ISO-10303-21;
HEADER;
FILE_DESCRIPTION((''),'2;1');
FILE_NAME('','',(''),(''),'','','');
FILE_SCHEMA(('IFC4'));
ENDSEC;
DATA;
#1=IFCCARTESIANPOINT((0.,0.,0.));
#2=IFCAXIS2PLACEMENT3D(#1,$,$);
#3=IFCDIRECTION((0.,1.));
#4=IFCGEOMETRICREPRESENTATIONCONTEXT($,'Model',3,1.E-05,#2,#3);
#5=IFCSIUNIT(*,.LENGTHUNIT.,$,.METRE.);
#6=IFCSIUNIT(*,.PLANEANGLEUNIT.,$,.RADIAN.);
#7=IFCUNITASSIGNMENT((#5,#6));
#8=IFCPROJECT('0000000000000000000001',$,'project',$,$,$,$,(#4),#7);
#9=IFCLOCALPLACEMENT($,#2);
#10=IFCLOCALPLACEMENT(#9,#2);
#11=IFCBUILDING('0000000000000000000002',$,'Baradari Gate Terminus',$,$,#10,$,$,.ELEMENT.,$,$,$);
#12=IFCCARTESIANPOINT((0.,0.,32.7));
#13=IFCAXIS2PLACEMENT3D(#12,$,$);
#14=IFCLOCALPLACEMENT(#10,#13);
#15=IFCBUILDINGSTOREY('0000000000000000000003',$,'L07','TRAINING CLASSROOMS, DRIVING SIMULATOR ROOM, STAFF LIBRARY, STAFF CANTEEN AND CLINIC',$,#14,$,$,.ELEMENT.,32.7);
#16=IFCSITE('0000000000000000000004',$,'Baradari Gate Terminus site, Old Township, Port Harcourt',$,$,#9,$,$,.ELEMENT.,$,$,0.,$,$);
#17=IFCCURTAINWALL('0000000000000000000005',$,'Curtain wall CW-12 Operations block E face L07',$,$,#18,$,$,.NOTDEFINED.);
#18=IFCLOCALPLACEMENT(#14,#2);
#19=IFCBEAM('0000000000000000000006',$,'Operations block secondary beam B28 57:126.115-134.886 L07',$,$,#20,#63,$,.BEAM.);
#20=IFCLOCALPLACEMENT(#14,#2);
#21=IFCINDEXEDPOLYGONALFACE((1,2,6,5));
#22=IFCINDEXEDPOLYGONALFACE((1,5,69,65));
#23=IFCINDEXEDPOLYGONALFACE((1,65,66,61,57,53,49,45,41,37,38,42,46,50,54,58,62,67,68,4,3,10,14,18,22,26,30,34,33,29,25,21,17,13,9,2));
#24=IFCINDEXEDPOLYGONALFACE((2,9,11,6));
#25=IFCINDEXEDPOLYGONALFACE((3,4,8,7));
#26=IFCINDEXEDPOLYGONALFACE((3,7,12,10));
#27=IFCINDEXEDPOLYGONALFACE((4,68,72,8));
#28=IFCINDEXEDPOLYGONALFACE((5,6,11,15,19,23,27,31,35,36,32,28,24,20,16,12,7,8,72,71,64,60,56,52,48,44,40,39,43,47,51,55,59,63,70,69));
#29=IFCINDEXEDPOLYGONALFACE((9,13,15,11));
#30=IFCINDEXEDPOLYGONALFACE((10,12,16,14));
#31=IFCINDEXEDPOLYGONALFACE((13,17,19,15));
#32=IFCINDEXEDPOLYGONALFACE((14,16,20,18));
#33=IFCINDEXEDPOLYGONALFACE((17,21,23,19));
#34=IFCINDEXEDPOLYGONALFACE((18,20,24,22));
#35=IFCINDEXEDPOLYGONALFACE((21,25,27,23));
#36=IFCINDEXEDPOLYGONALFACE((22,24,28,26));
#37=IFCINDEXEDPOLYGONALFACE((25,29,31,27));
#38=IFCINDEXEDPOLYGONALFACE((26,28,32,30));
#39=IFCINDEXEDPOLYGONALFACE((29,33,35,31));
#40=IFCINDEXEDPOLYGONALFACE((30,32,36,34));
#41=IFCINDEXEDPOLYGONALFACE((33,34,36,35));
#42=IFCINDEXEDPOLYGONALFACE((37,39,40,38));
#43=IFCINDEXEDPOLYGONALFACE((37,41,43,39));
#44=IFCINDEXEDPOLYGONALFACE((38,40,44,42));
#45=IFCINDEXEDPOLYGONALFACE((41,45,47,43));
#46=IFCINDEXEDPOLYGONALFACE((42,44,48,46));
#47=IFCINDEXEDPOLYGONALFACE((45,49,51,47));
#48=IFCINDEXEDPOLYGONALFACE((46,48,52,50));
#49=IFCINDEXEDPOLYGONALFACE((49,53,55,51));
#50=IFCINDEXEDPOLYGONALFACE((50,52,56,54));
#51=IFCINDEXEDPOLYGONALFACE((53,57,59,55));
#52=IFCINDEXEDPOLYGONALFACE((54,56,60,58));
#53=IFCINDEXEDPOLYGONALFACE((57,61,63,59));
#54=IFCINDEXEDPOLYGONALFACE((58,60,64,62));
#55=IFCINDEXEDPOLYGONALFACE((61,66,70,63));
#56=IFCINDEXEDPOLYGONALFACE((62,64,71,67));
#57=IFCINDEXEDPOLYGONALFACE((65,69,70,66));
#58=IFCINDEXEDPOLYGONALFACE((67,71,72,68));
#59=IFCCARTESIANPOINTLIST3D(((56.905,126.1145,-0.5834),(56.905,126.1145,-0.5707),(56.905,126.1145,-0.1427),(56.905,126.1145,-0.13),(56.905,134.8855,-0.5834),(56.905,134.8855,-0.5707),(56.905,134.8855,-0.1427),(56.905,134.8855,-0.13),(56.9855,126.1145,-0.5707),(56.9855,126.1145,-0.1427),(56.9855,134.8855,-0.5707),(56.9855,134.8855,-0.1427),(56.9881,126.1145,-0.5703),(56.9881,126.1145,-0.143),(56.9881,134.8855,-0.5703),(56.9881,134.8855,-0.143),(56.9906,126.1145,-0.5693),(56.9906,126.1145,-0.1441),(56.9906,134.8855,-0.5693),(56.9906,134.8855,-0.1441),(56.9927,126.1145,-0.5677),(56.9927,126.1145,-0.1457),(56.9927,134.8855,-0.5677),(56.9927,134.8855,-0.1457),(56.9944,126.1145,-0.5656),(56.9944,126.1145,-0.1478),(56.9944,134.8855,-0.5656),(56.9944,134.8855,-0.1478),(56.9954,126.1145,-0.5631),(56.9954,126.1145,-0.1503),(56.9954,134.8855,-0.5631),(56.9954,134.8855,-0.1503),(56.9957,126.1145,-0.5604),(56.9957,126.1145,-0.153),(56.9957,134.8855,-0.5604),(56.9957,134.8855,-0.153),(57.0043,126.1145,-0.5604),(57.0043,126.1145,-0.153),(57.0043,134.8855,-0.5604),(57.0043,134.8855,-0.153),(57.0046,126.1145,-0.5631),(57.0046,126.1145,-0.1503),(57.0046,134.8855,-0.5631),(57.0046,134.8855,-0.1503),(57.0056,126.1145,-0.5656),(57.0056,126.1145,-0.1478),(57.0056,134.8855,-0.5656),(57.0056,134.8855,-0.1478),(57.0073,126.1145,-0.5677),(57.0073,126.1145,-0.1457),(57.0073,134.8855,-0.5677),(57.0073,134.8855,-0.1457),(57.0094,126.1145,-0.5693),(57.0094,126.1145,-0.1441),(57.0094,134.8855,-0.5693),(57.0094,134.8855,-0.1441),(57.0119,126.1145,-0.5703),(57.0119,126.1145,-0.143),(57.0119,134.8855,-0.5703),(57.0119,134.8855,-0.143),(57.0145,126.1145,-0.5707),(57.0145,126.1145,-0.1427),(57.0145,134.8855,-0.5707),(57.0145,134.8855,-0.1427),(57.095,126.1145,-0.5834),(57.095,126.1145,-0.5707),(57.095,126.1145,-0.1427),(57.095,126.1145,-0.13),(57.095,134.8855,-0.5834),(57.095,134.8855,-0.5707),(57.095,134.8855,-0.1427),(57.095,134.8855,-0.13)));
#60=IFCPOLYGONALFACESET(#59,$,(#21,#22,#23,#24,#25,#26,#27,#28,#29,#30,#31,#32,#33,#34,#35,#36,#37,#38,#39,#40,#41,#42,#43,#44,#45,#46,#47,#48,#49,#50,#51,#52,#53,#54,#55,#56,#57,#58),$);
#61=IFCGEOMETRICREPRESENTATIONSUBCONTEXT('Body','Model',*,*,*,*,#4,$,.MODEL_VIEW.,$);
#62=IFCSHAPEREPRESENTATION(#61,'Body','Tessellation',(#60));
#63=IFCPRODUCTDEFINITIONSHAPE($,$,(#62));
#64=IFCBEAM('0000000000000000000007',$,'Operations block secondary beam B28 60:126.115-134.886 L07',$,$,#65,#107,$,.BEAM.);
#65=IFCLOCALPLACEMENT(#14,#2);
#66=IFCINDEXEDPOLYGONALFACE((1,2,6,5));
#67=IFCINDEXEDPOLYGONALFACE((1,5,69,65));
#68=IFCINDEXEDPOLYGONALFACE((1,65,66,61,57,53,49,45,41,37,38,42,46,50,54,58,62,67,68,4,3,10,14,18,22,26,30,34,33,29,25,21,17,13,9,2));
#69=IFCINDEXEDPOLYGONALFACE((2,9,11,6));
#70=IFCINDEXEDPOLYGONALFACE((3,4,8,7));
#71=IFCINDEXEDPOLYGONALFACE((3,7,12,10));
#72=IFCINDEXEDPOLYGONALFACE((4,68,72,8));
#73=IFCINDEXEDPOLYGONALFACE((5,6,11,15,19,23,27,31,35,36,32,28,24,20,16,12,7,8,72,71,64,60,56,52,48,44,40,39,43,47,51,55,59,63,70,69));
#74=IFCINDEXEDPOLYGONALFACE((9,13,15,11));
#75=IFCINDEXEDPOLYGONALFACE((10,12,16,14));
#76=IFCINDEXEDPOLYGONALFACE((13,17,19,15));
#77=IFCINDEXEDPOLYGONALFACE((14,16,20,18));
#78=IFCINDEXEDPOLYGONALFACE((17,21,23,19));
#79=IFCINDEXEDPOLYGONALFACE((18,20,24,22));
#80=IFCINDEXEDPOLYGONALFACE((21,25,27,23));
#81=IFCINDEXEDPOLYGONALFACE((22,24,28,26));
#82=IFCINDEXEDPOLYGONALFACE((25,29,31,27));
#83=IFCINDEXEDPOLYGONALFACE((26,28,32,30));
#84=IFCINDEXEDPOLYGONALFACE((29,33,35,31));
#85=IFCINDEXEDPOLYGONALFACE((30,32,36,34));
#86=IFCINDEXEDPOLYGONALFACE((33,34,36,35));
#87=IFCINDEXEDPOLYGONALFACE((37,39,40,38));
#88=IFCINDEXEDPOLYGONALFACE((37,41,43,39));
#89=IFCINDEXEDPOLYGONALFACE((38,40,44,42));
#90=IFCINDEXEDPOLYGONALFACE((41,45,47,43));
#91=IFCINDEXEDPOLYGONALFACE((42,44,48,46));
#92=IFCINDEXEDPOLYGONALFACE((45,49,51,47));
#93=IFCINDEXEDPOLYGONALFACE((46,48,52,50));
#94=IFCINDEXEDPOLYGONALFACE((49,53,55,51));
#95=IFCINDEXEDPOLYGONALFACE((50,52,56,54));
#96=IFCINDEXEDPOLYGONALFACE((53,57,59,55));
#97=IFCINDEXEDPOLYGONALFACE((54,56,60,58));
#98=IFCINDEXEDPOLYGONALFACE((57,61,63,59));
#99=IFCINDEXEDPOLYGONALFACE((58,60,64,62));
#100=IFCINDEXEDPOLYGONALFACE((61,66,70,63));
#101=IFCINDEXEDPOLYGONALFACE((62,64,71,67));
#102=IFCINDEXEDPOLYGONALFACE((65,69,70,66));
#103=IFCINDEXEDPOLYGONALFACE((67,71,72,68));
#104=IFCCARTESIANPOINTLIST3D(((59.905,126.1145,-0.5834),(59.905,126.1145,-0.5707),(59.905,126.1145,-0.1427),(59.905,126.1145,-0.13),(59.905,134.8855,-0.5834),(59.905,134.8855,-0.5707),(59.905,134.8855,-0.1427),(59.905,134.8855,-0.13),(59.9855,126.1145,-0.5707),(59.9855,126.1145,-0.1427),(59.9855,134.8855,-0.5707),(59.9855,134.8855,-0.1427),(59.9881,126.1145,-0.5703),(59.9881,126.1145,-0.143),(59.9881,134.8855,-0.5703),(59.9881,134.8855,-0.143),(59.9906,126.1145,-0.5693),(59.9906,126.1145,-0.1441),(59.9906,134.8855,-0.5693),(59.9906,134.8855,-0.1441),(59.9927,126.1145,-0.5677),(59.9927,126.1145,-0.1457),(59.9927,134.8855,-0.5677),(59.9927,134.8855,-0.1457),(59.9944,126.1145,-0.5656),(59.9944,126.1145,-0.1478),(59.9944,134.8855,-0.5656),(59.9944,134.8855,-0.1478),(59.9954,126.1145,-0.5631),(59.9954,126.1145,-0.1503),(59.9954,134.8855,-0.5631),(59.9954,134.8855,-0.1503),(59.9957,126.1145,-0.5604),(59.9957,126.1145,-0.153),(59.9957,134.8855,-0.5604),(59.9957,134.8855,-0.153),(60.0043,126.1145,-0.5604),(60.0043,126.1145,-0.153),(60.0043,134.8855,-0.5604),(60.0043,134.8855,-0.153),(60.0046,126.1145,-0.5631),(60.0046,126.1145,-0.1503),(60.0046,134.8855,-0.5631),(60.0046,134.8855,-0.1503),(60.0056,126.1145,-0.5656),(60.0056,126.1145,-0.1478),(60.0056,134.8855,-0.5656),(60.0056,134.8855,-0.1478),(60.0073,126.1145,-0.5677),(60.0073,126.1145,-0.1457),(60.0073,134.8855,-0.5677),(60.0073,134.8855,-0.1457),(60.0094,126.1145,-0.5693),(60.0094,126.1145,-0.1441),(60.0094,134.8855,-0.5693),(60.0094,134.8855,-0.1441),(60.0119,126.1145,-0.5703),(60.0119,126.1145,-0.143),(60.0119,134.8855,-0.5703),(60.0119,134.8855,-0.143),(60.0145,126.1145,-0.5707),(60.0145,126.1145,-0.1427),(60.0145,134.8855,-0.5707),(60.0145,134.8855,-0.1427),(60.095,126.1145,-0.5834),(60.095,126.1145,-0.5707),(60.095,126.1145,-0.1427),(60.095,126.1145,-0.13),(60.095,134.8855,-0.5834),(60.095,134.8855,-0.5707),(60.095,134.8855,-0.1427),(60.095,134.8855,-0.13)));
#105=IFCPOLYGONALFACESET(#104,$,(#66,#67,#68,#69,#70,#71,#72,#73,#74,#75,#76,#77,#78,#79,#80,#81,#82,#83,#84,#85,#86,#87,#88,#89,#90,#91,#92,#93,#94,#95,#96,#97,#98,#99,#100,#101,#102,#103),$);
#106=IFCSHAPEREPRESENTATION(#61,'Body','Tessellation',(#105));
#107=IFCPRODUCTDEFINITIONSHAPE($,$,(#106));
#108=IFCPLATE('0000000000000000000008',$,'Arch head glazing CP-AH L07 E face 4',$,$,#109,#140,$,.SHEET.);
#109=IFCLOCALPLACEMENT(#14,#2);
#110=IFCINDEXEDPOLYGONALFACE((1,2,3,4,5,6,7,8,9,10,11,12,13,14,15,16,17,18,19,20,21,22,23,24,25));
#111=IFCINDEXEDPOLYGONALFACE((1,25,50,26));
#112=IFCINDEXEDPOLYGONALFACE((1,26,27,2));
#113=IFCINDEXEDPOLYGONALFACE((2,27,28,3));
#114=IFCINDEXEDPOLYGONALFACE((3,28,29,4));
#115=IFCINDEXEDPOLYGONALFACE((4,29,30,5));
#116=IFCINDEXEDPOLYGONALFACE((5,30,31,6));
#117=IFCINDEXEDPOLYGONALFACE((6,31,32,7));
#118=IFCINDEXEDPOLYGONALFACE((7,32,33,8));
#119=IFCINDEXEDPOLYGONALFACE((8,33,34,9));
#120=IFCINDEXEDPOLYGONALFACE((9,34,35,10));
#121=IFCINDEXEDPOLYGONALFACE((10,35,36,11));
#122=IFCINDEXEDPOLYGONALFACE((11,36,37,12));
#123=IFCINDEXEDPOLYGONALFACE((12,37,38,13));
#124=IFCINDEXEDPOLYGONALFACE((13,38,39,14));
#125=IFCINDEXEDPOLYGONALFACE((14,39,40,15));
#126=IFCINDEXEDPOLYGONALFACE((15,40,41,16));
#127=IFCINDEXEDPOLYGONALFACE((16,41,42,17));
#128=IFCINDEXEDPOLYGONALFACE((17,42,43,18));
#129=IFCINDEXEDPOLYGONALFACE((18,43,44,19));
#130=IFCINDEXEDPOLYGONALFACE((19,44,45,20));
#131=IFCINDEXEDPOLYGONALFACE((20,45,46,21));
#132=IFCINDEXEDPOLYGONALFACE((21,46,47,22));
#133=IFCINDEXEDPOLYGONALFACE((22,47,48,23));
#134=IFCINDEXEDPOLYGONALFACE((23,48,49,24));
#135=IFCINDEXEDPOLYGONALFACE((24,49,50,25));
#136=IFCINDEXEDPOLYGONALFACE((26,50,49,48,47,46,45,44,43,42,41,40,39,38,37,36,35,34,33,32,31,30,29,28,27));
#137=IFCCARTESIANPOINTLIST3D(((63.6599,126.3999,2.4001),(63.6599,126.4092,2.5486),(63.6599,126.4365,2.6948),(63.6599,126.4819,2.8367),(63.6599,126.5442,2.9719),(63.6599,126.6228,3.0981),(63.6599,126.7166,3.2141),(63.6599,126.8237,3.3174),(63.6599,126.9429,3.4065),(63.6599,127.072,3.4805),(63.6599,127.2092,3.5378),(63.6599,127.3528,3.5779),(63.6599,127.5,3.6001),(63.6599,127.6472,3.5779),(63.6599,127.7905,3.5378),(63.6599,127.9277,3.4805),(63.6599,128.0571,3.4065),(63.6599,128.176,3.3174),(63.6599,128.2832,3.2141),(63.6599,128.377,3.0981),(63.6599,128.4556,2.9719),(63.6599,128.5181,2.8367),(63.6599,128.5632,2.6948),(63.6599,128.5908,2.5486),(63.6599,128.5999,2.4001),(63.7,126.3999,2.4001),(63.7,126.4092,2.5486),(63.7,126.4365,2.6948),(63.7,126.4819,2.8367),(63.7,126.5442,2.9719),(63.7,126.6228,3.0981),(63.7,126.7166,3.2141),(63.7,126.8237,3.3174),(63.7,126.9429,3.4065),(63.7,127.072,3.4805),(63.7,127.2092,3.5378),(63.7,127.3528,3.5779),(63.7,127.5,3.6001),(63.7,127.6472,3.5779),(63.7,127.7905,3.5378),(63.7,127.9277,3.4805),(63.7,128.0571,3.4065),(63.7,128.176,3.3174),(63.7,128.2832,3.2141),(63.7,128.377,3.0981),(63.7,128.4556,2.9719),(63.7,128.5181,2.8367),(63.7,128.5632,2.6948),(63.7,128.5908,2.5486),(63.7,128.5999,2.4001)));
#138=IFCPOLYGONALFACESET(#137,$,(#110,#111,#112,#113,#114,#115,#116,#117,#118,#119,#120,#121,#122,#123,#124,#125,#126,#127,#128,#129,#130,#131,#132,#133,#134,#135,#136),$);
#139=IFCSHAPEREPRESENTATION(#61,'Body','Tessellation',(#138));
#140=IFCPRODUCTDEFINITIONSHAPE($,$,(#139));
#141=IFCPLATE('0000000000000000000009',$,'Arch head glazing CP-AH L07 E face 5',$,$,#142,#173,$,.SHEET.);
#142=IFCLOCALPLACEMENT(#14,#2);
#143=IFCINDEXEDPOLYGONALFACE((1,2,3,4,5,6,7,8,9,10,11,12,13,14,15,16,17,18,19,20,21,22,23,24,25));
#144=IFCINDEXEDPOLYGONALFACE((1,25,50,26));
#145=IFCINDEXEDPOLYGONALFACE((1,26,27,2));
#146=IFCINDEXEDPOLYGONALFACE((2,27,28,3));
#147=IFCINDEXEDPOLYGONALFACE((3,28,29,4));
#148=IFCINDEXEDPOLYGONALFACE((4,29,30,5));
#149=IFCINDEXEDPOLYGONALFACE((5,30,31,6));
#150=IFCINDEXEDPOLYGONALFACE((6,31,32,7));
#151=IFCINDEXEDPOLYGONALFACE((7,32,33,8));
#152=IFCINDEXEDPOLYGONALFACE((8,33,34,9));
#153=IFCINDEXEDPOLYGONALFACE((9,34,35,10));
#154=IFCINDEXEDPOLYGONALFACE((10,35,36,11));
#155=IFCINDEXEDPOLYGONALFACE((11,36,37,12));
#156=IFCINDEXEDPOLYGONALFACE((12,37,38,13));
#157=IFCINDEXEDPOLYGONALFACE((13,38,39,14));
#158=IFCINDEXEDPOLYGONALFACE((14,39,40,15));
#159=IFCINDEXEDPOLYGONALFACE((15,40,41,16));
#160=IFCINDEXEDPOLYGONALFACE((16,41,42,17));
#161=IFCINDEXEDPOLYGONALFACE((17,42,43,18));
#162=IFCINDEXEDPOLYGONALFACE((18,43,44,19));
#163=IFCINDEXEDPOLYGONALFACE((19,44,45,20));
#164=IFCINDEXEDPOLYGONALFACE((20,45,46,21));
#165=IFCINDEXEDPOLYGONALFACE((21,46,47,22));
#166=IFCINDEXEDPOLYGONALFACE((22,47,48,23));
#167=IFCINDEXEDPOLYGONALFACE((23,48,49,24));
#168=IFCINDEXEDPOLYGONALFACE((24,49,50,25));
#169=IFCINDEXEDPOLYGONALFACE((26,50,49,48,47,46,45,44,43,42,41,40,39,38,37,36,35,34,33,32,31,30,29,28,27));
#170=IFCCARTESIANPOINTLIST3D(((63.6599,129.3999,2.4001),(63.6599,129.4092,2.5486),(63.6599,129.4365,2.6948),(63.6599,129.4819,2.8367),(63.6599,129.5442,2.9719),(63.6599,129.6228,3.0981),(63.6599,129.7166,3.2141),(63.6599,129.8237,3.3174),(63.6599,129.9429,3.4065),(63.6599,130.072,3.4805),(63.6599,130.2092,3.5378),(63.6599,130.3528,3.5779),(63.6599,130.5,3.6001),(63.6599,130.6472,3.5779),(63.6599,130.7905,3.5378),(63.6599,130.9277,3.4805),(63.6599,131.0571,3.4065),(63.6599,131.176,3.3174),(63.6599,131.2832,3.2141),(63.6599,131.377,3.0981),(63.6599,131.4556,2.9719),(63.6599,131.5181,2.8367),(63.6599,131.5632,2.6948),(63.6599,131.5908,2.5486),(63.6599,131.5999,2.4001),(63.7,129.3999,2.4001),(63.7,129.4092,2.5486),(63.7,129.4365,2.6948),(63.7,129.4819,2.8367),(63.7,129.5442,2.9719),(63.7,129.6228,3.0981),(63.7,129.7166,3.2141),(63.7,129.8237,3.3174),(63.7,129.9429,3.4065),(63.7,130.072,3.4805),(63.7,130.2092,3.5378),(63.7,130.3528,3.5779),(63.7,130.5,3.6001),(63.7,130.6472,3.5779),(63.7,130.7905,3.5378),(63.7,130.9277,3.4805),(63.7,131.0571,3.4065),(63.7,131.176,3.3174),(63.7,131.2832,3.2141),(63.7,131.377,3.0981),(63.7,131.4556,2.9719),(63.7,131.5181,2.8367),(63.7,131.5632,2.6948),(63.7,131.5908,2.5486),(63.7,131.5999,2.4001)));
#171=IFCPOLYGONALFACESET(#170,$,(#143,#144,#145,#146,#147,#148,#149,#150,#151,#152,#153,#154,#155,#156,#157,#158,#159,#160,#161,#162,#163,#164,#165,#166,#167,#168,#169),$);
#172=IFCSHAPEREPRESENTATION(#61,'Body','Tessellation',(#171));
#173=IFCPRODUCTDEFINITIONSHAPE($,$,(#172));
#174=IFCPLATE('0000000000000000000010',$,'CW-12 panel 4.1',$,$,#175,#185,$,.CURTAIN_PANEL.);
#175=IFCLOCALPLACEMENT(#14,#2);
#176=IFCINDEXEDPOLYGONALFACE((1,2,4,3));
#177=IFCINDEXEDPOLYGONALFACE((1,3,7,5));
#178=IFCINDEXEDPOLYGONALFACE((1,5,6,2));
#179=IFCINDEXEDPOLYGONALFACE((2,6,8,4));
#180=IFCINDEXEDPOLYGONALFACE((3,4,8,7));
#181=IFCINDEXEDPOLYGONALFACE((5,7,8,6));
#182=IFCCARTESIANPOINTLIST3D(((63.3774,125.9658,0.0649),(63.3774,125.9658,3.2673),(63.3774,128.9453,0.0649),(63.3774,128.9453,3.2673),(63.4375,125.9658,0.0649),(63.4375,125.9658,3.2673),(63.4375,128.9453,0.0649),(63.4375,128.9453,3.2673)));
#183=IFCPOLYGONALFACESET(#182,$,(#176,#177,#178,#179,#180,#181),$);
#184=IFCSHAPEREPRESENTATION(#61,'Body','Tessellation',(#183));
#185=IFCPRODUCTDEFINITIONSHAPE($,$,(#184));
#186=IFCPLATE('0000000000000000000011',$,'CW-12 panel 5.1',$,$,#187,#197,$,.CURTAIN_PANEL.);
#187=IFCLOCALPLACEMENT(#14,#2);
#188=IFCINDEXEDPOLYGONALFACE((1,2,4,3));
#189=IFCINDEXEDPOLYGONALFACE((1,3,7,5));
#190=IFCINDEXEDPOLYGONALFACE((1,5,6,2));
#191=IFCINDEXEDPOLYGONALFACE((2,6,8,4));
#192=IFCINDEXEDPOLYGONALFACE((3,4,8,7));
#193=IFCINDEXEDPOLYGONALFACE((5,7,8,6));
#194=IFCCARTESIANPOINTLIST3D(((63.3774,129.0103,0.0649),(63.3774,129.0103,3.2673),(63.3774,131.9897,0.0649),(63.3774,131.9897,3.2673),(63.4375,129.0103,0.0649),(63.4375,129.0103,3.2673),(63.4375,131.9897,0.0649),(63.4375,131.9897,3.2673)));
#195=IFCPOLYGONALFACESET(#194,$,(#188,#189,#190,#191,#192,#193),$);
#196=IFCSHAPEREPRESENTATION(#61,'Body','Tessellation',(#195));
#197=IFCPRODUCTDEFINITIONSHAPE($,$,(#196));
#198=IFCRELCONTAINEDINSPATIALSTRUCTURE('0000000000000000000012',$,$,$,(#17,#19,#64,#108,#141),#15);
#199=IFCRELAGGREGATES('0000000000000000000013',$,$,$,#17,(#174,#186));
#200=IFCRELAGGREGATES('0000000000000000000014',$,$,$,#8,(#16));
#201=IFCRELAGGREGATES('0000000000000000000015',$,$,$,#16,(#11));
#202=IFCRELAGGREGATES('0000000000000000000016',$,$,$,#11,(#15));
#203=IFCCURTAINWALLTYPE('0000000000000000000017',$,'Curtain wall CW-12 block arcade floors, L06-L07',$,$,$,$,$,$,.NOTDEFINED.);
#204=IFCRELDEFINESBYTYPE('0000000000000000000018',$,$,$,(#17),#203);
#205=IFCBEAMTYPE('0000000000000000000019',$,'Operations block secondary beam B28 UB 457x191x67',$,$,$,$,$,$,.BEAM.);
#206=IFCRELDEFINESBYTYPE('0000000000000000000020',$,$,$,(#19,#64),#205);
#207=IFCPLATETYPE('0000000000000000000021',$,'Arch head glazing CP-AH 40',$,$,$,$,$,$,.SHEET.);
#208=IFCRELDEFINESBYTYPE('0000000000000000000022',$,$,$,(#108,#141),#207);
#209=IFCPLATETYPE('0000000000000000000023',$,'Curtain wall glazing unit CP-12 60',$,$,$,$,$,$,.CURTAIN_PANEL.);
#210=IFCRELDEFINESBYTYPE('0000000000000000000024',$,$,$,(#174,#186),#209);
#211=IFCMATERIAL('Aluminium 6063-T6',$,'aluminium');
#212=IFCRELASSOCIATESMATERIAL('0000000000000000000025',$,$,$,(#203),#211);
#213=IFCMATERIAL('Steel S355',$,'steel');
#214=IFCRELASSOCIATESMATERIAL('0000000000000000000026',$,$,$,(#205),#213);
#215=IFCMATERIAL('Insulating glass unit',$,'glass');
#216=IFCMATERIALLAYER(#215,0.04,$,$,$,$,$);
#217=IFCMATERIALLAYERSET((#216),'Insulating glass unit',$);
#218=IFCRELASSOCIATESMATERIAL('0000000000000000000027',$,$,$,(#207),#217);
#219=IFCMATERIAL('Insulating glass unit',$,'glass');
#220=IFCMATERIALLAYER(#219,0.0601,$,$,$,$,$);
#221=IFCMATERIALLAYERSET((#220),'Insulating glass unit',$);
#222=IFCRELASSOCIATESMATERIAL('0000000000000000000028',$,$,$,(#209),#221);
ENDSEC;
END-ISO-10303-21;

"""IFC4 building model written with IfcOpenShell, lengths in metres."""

from ifc_helpers import new_model, si_unit, direction, frame, origin, origin_2d, place, context, subcontext, project, spatial, polyline, rectangle, i_section, outline, extrude, material, layer, layer_set, material_profile, profile_set, type_object, element, aggregate, save


model = new_model("IFC4")

# Units and contexts
model_context = context("Model", 3, precision=1e-05, world=origin(), true_north=direction((0.0, 1.0)))
body_context = subcontext(model_context, "Body", "Model", "MODEL_VIEW")
ifc_project = project(units=[si_unit("LENGTHUNIT", "METRE"), si_unit("PLANEANGLEUNIT", "RADIAN")], contexts=[model_context])

# Site, building, storey
site_placement = place(None, origin())
site = spatial("IfcSite", under=ifc_project, at=site_placement, Name="Baradari Gate Terminus site, Old Township, Port Harcourt", CompositionType="ELEMENT", RefElevation=0.0)
building_placement = place(site_placement, origin())
building = spatial("IfcBuilding", under=site, at=building_placement, Name="Baradari Gate Terminus", CompositionType="ELEMENT")
storey_placement = place(building_placement, frame((0.0, 0.0, 32.7)))
storey = spatial("IfcBuildingStorey", under=building, at=storey_placement, Name="L07", Description="TRAINING CLASSROOMS, DRIVING SIMULATOR ROOM, STAFF LIBRARY, STAFF CANTEEN AND CLINIC", CompositionType="ELEMENT", Elevation=32.7)

# Curtain wall
ifc_material_1 = material(Name="Aluminium 6063-T6", Category="aluminium")
curtain_wall_type = type_object("IfcCurtainWallType", Name="Curtain wall CW-12 block arcade floors, L06-L07", PredefinedType="NOTDEFINED", material=ifc_material_1)
curtain_wall_placement = place(storey_placement, origin())
curtain_wall = element("IfcCurtainWall", 1, at=curtain_wall_placement, inside=storey, type_object=curtain_wall_type, Name="Curtain wall CW-12 Operations block E face L07", PredefinedType="NOTDEFINED")

# Beams
ifc_material_2 = material(Name="Steel S355", Category="steel")
ifc_material_profile_1 = material_profile(ifc_material_2, i_section(OverallWidth=0.1899, OverallDepth=0.4534, WebThickness=0.0085, FlangeThickness=0.0127, FilletRadius=0.0103, at=origin_2d()), Name="UB 457x191x67")
ifc_profile_set_1 = profile_set([ifc_material_profile_1], Name="Steel S355")
beam_type_1 = type_object("IfcBeamType", Name="Operations block secondary beam B28 UB 457x191x67", PredefinedType="BEAM", material=ifc_profile_set_1)
for number, where, z_axis, x_axis, name in (
    (2, (57.0, 126.1145, -0.3567), (0.0, 1.0, 0.0), (-1.0, 0.0, 0.0), "Operations block secondary beam B28 57:126.115-134.886 L07"),
    (3, (60.0, 126.1145, -0.3567), (0.0, 1.0, 0.0), (-1.0, 0.0, 0.0), "Operations block secondary beam B28 60:126.115-134.886 L07"),
):
    element("IfcBeam", number, at=place(storey_placement, frame(where, z_axis=z_axis, x_axis=x_axis)), inside=storey, type_object=beam_type_1, Name=name, PredefinedType="BEAM", context=body_context, shape_type="SweptSolid", body=[
        extrude(i_section(OverallWidth=0.1899, OverallDepth=0.4534, WebThickness=0.0085, FlangeThickness=0.0127, FilletRadius=0.0103, at=origin_2d()), origin(), (0.0, 0.0, 1.0), 8.771),
    ])

# Plates
ifc_material_3 = material(Name="Insulating glass unit", Category="glass")
ifc_layer_1 = layer(ifc_material_3, 0.04)
ifc_layer_set_1 = layer_set([ifc_layer_1], Name="Insulating glass unit")
plate_type_1 = type_object("IfcPlateType", Name="Arch head glazing CP-AH 40", PredefinedType="SHEET", material=ifc_layer_set_1)
for number, where, z_axis, x_axis, name in (
    (4, (63.6799, 126.3999, 2.4001), (0.0, 0.0, 1.0), (0.0, 1.0, 0.0), "Arch head glazing CP-AH L07 E face 4"),
    (5, (63.6799, 129.3999, 2.4001), (0.0, 0.0, 1.0), (0.0, 1.0, 0.0), "Arch head glazing CP-AH L07 E face 5"),
):
    element("IfcPlate", number, at=place(storey_placement, frame(where, z_axis=z_axis, x_axis=x_axis)), inside=storey, type_object=plate_type_1, Name=name, PredefinedType="SHEET", context=body_context, shape_type="SweptSolid", body=[
        extrude(outline(polyline([(0.0, 0.0), (2.2, 0.0), (2.1909, 0.1484), (2.1633, 0.2947), (2.1182, 0.4365), (2.0557, 0.5718), (1.9771, 0.698), (1.8833, 0.814), (1.7761, 0.9172), (1.6572, 1.0063), (1.5278, 1.0803), (1.3906, 1.1377), (1.2473, 1.1777), (1.1001, 1.2), (0.9529, 1.1777), (0.8093, 1.1377), (0.6721, 1.0803), (0.543, 1.0063), (0.4238, 0.9172), (0.3167, 0.814), (0.2229, 0.698), (0.1443, 0.5718), (0.082, 0.4365), (0.0366, 0.2947), (0.0093, 0.1484), (0.0, 0.0)])), frame((0.0, 0.02, 0.0), z_axis=(0.0, -1.0, 0.0), x_axis=(1.0, 0.0, 0.0)), (0.0, 0.0, 1.0), 0.04),
    ])

# Plates
ifc_material_4 = material(Name="Insulating glass unit", Category="glass")
ifc_layer_2 = layer(ifc_material_4, 0.0601)
ifc_layer_set_2 = layer_set([ifc_layer_2], Name="Insulating glass unit")
plate_type_2 = type_object("IfcPlateType", Name="Curtain wall glazing unit CP-12 60", PredefinedType="CURTAIN_PANEL", material=ifc_layer_set_2)
plate_1_placement = place(storey_placement, frame((63.4075, 127.4556, 0.0649), z_axis=(0.0, 0.0, 1.0), x_axis=(0.0, 1.0, 0.0)))
plate_1 = element("IfcPlate", 6, at=plate_1_placement, type_object=plate_type_2, Name="CW-12 panel 4.1", PredefinedType="CURTAIN_PANEL", context=body_context, shape_type="SweptSolid", body=[
    extrude(rectangle(XDim=2.9795, YDim=0.0601, at=origin_2d()), origin(), (0.0, 0.0, 1.0), 3.2024),
])
plate_2_placement = place(storey_placement, frame((63.4075, 130.5, 0.0649), z_axis=(0.0, 0.0, 1.0), x_axis=(0.0, 1.0, 0.0)))
plate_2 = element("IfcPlate", 7, at=plate_2_placement, type_object=plate_type_2, Name="CW-12 panel 5.1", PredefinedType="CURTAIN_PANEL", context=body_context, shape_type="SweptSolid", body=[
    extrude(rectangle(XDim=2.9795, YDim=0.0601, at=origin_2d()), origin(), (0.0, 0.0, 1.0), 3.2024),
])
aggregate(curtain_wall, [plate_1, plate_2])

save(model, "model.ifc")
